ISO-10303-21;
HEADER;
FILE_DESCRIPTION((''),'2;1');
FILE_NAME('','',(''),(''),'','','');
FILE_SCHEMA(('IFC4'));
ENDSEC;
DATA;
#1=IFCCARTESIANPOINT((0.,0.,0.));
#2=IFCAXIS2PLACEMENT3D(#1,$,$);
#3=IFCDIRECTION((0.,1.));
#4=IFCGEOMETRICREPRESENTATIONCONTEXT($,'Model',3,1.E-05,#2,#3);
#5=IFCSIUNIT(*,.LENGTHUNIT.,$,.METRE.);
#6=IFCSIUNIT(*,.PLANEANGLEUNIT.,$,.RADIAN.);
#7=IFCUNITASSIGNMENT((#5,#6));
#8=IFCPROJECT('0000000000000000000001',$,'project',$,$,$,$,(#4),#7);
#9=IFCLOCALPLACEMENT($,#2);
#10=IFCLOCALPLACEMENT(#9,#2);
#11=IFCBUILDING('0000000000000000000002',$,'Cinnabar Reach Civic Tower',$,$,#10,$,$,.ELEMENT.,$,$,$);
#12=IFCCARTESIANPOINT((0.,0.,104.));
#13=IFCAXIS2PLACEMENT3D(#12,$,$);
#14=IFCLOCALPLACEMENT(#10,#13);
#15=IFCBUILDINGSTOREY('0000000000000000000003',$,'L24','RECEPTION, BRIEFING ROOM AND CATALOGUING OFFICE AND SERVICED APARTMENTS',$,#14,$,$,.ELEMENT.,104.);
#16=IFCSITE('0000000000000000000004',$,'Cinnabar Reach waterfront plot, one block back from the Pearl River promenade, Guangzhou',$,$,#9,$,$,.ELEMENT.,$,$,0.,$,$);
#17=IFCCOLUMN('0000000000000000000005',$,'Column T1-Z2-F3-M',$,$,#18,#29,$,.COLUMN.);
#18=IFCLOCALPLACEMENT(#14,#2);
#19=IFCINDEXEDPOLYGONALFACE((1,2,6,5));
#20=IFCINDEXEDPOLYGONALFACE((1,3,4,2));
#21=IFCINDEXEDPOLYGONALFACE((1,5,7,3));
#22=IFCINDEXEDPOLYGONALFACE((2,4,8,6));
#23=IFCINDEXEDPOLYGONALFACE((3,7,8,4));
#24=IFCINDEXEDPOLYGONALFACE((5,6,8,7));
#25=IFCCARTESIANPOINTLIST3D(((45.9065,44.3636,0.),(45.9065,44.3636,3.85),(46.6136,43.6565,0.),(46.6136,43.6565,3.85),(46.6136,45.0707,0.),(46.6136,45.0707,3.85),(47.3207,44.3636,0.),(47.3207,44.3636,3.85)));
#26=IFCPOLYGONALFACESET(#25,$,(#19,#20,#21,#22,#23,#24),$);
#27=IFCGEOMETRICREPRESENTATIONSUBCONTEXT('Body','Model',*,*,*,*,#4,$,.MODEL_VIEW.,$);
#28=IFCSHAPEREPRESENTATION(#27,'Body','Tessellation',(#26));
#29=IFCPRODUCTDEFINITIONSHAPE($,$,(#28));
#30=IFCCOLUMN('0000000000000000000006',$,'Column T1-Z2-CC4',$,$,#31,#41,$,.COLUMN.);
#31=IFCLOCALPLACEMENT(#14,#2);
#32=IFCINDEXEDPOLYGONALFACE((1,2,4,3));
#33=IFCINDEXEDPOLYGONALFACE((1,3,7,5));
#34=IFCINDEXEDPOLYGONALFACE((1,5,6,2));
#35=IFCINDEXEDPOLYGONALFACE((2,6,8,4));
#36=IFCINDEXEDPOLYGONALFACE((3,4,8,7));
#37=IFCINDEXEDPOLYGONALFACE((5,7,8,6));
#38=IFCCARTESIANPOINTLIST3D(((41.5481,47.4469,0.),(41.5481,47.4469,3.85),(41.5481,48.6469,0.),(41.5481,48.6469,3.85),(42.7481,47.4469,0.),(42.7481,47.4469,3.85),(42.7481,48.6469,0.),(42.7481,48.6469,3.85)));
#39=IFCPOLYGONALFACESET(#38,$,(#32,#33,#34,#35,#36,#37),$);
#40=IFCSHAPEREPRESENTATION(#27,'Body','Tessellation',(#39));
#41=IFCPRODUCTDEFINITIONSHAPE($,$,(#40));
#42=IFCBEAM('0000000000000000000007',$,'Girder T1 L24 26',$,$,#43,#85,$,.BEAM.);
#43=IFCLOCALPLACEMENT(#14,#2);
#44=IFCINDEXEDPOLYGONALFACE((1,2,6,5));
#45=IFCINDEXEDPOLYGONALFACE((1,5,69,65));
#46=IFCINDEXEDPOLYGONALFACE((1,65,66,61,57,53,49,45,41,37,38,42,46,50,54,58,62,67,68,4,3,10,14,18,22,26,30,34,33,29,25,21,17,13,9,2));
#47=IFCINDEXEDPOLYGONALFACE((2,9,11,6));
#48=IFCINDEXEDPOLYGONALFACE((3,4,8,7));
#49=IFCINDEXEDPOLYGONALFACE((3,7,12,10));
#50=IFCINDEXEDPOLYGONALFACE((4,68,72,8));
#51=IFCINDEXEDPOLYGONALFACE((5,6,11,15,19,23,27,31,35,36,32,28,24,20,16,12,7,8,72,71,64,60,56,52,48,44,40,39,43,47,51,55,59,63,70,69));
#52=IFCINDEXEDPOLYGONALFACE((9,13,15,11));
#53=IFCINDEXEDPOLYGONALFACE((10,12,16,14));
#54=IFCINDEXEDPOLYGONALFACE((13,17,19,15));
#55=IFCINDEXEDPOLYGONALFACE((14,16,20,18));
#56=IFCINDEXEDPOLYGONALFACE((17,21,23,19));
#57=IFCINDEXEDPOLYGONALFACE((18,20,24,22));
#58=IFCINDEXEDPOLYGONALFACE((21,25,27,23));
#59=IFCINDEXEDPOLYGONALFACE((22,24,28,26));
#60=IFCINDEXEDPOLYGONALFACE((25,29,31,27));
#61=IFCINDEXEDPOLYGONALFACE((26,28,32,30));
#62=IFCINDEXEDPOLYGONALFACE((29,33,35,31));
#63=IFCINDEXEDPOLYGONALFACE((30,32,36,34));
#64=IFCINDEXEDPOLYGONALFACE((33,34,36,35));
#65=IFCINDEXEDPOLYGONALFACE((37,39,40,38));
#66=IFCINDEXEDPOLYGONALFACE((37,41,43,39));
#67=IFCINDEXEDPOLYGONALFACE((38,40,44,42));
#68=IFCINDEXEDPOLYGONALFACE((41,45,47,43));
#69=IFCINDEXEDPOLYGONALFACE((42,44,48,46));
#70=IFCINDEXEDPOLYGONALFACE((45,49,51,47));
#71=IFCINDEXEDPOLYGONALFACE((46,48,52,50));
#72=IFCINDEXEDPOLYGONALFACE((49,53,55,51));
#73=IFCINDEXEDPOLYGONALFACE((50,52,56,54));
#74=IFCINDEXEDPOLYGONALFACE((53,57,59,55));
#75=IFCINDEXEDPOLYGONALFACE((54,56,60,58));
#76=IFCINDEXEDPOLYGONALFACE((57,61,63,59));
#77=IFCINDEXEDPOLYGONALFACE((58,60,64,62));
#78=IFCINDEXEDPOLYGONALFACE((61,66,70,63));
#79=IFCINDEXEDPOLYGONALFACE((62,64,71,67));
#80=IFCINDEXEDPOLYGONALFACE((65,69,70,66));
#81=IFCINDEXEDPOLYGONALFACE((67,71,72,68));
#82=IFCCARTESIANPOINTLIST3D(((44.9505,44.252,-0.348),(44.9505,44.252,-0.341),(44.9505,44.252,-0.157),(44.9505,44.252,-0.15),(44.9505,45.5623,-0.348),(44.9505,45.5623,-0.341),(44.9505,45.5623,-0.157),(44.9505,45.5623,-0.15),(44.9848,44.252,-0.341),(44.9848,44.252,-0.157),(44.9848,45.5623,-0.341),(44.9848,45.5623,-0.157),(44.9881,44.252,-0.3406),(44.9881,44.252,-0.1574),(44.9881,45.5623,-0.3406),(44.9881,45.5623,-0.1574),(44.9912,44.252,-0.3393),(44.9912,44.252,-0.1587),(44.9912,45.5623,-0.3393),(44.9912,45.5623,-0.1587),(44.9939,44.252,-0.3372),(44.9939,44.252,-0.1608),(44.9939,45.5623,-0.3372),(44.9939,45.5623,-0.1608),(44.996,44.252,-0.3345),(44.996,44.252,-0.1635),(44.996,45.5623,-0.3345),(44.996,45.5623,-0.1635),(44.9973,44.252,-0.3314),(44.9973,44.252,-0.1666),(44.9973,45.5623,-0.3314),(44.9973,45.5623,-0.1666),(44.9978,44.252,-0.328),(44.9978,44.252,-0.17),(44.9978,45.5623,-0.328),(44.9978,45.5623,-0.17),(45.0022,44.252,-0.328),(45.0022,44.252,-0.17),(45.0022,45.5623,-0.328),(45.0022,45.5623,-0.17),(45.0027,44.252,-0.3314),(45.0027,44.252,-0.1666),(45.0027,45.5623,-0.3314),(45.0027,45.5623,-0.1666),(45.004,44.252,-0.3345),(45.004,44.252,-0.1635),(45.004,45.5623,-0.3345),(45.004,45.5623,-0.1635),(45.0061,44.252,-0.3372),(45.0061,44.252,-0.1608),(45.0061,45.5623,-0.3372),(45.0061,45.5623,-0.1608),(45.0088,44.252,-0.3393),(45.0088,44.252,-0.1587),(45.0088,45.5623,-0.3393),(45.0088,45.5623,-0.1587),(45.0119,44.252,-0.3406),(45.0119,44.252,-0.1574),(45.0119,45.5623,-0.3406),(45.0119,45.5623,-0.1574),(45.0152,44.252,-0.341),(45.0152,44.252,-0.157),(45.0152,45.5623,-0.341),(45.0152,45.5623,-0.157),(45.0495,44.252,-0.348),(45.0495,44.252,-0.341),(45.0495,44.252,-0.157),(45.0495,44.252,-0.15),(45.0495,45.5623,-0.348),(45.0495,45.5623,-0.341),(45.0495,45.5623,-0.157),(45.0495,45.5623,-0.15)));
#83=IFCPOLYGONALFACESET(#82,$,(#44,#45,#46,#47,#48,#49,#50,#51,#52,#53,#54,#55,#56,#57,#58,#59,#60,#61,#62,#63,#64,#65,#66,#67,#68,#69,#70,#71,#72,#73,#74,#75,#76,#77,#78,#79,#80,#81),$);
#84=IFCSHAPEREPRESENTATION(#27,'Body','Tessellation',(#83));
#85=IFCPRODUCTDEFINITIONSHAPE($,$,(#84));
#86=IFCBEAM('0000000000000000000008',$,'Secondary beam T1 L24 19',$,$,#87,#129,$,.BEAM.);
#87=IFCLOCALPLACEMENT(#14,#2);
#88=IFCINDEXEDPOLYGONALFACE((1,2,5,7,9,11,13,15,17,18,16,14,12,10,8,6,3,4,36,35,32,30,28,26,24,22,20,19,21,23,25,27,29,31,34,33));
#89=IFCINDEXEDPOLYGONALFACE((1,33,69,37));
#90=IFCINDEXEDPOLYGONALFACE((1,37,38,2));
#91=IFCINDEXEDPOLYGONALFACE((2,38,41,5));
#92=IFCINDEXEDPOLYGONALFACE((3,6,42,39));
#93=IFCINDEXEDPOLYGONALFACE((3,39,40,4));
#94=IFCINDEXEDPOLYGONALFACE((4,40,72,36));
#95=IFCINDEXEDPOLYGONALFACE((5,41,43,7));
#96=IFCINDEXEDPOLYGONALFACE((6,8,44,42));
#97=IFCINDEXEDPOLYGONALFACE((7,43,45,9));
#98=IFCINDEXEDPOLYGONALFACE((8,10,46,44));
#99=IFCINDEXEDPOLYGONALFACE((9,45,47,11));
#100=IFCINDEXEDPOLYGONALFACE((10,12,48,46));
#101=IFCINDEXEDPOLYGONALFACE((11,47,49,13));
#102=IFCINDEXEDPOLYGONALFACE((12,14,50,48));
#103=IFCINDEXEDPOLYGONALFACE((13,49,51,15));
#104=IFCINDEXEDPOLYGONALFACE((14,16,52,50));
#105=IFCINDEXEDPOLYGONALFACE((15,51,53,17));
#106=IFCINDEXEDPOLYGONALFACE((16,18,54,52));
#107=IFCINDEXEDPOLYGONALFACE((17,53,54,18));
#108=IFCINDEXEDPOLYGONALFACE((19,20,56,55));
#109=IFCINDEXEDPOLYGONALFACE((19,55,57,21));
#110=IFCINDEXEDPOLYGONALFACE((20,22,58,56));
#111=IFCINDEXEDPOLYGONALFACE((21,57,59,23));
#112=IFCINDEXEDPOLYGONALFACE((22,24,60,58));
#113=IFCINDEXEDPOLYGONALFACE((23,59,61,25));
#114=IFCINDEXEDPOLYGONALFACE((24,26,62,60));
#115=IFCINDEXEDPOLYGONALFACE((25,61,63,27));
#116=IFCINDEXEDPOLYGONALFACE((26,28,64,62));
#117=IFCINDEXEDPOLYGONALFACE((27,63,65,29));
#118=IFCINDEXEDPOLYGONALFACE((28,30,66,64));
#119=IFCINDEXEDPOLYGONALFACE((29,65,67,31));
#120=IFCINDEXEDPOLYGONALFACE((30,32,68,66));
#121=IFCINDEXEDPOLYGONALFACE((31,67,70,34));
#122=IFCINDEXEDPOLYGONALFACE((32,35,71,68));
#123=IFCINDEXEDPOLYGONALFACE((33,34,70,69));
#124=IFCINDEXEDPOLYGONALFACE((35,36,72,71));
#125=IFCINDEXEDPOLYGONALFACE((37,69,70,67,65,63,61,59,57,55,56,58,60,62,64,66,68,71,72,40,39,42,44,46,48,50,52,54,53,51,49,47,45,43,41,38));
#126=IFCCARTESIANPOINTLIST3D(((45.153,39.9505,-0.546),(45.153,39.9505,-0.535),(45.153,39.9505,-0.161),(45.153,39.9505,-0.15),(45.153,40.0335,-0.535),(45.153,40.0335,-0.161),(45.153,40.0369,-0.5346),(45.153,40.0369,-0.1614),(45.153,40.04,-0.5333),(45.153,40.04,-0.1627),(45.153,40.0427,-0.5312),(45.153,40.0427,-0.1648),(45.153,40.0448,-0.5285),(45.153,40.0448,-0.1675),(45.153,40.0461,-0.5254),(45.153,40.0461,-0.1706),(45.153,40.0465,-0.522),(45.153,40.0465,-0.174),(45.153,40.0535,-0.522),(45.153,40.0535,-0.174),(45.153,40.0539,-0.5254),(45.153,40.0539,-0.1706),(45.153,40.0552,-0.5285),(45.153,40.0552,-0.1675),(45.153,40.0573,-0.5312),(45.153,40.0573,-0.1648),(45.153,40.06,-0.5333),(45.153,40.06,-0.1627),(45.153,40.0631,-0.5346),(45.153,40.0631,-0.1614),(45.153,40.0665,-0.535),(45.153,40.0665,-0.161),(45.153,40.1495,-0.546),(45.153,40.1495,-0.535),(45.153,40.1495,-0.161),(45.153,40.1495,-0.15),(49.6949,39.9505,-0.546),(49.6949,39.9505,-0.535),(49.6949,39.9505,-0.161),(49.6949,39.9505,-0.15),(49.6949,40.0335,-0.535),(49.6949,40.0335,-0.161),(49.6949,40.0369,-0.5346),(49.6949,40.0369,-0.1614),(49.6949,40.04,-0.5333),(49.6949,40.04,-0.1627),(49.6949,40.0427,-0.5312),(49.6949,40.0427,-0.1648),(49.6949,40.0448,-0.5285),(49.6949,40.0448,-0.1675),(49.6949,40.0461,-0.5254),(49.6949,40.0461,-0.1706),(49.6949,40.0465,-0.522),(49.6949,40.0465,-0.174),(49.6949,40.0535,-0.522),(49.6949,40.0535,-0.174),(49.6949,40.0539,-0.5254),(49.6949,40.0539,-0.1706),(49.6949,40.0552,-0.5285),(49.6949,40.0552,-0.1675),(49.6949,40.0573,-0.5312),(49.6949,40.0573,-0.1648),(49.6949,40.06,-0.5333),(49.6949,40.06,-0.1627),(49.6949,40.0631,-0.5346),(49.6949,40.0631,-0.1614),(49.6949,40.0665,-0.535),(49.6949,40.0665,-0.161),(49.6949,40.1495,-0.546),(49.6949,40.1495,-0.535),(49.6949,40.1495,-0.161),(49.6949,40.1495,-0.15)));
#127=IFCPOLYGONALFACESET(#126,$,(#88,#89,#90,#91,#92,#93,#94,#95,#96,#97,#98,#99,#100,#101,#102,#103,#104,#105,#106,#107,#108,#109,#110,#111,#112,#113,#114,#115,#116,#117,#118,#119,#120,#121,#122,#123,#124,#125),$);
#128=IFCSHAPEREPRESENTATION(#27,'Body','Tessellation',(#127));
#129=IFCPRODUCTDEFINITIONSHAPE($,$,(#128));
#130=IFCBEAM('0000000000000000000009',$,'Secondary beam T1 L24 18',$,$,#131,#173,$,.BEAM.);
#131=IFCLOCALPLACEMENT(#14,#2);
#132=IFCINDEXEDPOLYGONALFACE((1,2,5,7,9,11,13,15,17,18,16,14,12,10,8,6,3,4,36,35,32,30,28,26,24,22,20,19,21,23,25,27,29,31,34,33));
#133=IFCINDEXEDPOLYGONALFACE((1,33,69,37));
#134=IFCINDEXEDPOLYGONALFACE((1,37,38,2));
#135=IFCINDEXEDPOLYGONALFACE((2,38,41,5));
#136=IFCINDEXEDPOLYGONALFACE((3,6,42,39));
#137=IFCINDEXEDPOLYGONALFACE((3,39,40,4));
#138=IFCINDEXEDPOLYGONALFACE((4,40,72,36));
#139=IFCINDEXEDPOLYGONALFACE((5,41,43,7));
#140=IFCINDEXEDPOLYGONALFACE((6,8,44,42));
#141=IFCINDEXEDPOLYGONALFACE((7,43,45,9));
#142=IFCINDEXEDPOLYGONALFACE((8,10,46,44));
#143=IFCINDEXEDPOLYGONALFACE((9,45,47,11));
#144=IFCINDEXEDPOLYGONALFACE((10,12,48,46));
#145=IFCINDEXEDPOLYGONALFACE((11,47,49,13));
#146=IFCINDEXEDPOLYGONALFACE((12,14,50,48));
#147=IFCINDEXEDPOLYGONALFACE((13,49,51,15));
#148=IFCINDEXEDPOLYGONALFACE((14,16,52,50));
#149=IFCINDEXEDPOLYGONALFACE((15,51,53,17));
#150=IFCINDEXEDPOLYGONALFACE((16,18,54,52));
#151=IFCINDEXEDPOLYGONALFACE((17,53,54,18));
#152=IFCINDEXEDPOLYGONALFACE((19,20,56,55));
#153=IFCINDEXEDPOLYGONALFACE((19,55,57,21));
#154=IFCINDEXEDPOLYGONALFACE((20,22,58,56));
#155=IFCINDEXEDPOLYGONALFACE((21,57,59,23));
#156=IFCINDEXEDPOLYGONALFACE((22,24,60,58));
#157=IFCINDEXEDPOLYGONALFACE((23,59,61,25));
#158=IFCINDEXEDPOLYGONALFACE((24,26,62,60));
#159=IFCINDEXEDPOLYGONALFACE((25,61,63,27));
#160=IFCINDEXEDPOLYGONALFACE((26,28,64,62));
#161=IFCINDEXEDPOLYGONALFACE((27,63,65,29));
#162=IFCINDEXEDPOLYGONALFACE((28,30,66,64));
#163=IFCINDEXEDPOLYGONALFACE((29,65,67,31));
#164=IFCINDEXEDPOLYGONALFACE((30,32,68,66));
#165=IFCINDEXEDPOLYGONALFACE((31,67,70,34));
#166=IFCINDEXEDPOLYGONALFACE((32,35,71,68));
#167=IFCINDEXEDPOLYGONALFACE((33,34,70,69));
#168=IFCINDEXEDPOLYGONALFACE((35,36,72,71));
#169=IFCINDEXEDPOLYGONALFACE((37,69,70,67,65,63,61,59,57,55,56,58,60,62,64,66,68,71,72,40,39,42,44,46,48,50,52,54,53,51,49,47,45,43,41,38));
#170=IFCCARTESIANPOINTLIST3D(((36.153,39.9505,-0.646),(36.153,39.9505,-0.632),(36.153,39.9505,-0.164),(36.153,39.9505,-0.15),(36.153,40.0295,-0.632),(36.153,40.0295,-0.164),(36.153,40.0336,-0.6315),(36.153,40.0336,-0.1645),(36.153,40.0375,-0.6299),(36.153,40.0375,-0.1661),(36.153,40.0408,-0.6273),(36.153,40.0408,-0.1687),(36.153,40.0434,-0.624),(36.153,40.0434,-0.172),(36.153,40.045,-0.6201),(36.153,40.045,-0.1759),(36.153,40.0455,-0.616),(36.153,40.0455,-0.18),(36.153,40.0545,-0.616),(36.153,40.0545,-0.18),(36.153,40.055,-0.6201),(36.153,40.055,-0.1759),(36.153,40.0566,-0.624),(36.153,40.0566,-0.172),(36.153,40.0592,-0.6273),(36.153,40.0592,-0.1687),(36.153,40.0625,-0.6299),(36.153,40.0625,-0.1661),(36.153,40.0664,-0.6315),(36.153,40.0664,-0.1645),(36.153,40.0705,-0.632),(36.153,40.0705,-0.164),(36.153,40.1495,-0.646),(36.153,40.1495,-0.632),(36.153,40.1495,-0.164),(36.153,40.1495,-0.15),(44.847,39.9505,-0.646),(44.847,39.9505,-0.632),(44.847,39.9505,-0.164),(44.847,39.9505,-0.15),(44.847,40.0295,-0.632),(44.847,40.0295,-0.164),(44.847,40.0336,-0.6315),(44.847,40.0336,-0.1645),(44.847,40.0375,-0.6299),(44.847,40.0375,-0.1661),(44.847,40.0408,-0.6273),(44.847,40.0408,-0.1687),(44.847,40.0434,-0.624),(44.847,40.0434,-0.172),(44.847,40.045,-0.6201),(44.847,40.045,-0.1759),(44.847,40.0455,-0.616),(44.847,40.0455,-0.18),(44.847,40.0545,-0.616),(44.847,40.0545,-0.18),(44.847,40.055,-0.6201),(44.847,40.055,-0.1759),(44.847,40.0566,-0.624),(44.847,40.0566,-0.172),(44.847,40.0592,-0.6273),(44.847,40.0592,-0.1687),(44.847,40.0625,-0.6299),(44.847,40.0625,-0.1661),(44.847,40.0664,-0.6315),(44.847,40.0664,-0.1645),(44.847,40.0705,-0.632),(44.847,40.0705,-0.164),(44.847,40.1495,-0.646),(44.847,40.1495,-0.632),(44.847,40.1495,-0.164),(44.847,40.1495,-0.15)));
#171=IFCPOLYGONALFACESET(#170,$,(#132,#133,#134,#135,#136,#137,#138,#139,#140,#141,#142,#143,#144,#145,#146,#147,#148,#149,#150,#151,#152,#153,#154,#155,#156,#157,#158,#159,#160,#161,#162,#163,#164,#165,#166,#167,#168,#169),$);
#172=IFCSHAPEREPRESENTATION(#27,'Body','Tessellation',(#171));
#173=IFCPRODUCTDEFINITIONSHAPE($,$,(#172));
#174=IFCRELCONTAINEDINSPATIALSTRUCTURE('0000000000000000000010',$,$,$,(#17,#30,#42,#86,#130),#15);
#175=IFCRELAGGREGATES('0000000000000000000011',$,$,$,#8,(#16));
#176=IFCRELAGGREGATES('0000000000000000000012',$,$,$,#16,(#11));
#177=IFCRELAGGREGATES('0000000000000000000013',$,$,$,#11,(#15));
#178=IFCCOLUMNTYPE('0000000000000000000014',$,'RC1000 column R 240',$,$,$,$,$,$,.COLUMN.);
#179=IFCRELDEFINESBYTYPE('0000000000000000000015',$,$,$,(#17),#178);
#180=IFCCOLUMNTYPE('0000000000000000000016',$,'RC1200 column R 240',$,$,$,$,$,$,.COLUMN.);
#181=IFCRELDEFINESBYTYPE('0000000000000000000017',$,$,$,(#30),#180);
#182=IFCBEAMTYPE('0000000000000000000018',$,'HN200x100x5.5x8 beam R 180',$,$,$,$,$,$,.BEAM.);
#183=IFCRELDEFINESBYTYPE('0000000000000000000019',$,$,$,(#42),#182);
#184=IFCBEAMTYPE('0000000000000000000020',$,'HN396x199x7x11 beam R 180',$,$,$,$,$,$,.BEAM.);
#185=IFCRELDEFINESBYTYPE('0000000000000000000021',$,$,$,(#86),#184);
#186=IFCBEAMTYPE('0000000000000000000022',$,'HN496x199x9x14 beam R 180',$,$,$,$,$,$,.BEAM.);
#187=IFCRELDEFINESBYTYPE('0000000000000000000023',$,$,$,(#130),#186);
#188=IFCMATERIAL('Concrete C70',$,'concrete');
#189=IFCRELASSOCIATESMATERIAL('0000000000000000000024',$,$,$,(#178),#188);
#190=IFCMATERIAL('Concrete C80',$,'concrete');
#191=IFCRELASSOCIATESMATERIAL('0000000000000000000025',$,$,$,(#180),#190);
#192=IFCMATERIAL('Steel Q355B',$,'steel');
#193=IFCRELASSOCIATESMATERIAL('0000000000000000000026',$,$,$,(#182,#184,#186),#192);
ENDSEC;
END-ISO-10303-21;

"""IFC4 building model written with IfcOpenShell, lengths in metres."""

from ifc_helpers import new_model, si_unit, direction, frame, origin, origin_2d, place, context, subcontext, project, spatial, rectangle, i_section, extrude, material, material_profile, profile_set, type_object, element, save


model = new_model("IFC4")

# Units and contexts
model_context = context("Model", 3, precision=1e-05, world=origin(), true_north=direction((0.0, 1.0)))
body_context = subcontext(model_context, "Body", "Model", "MODEL_VIEW")
ifc_project = project(units=[si_unit("LENGTHUNIT", "METRE"), si_unit("PLANEANGLEUNIT", "RADIAN")], contexts=[model_context])

# Site, building, storey
site_placement = place(None, origin())
site = spatial("IfcSite", under=ifc_project, at=site_placement, Name="Cinnabar Reach waterfront plot, one block back from the Pearl River promenade, Guangzhou", CompositionType="ELEMENT", RefElevation=0.0)
building_placement = place(site_placement, origin())
building = spatial("IfcBuilding", under=site, at=building_placement, Name="Cinnabar Reach Civic Tower", CompositionType="ELEMENT")
storey_placement = place(building_placement, frame((0.0, 0.0, 104.0)))
storey = spatial("IfcBuildingStorey", under=building, at=storey_placement, Name="L24", Description="RECEPTION, BRIEFING ROOM AND CATALOGUING OFFICE AND SERVICED APARTMENTS", CompositionType="ELEMENT", Elevation=104.0)

# Columns
ifc_material_1 = material(Name="Concrete C70", Category="concrete")
ifc_material_profile_1 = material_profile(ifc_material_1, rectangle(XDim=1.0, YDim=1.0, at=origin_2d()), Name="RC1000")
ifc_profile_set_1 = profile_set([ifc_material_profile_1], Name="Concrete C70")
column_type_1 = type_object("IfcColumnType", Name="RC1000 column R 240", PredefinedType="COLUMN", material=ifc_profile_set_1)
column_1_placement = place(storey_placement, frame((46.6136, 44.3636, 0.0), z_axis=(0.0, 0.0, 1.0), x_axis=(0.707107, 0.707107, 0.0)))
element("IfcColumn", 1, at=column_1_placement, inside=storey, type_object=column_type_1, Name="Column T1-Z2-F3-M", PredefinedType="COLUMN", context=body_context, shape_type="SweptSolid", body=[
    extrude(rectangle(XDim=1.0, YDim=1.0, at=origin_2d()), origin(), (0.0, 0.0, 1.0), 3.85),
])
ifc_material_2 = material(Name="Concrete C80", Category="concrete")
ifc_material_profile_2 = material_profile(ifc_material_2, rectangle(XDim=1.2, YDim=1.2, at=origin_2d()), Name="RC1200")
ifc_profile_set_2 = profile_set([ifc_material_profile_2], Name="Concrete C80")
column_type_2 = type_object("IfcColumnType", Name="RC1200 column R 240", PredefinedType="COLUMN", material=ifc_profile_set_2)
column_2_placement = place(storey_placement, frame((42.1481, 48.0469, 0.0), z_axis=(0.0, 0.0, 1.0), x_axis=(1.0, 0.0, 0.0)))
element("IfcColumn", 2, at=column_2_placement, inside=storey, type_object=column_type_2, Name="Column T1-Z2-CC4", PredefinedType="COLUMN", context=body_context, shape_type="SweptSolid", body=[
    extrude(rectangle(XDim=1.2, YDim=1.2, at=origin_2d()), origin(), (0.0, 0.0, 1.0), 3.85),
])

# Beams
ifc_material_3 = material(Name="Steel Q355B", Category="steel")
ifc_material_profile_3 = material_profile(ifc_material_3, i_section(OverallWidth=0.099, OverallDepth=0.198, WebThickness=0.0045, FlangeThickness=0.007, FilletRadius=0.013, at=origin_2d()), Name="HN200x100x5.5x8")
ifc_profile_set_3 = profile_set([ifc_material_profile_3], Name="Steel Q355B")
beam_type_1 = type_object("IfcBeamType", Name="HN200x100x5.5x8 beam R 180", PredefinedType="BEAM", material=ifc_profile_set_3)
beam_1_placement = place(storey_placement, frame((45.0, 44.252, -0.249), z_axis=(0.0, 1.0, 0.0), x_axis=(-1.0, 0.0, 0.0)))
element("IfcBeam", 3, at=beam_1_placement, inside=storey, type_object=beam_type_1, Name="Girder T1 L24 26", PredefinedType="BEAM", context=body_context, shape_type="SweptSolid", body=[
    extrude(i_section(OverallWidth=0.099, OverallDepth=0.198, WebThickness=0.0045, FlangeThickness=0.007, FilletRadius=0.013, at=origin_2d()), origin(), (0.0, 0.0, 1.0), 1.3103),
])
ifc_material_profile_4 = material_profile(ifc_material_3, i_section(OverallWidth=0.199, OverallDepth=0.396, WebThickness=0.007, FlangeThickness=0.011, FilletRadius=0.013, at=origin_2d()), Name="HN396x199x7x11")
ifc_profile_set_4 = profile_set([ifc_material_profile_4], Name="Steel Q355B")
beam_type_2 = type_object("IfcBeamType", Name="HN396x199x7x11 beam R 180", PredefinedType="BEAM", material=ifc_profile_set_4)
beam_2_placement = place(storey_placement, frame((45.153, 40.05, -0.348), z_axis=(1.0, 0.0, 0.0), x_axis=(0.0, 1.0, 0.0)))
element("IfcBeam", 4, at=beam_2_placement, inside=storey, type_object=beam_type_2, Name="Secondary beam T1 L24 19", PredefinedType="BEAM", context=body_context, shape_type="SweptSolid", body=[
    extrude(i_section(OverallWidth=0.199, OverallDepth=0.396, WebThickness=0.007, FlangeThickness=0.011, FilletRadius=0.013, at=origin_2d()), origin(), (0.0, 0.0, 1.0), 4.5419),
])
ifc_material_profile_5 = material_profile(ifc_material_3, i_section(OverallWidth=0.199, OverallDepth=0.496, WebThickness=0.009, FlangeThickness=0.014, FilletRadius=0.016, at=origin_2d()), Name="HN496x199x9x14")
ifc_profile_set_5 = profile_set([ifc_material_profile_5], Name="Steel Q355B")
beam_type_3 = type_object("IfcBeamType", Name="HN496x199x9x14 beam R 180", PredefinedType="BEAM", material=ifc_profile_set_5)
beam_3_placement = place(storey_placement, frame((36.153, 40.05, -0.398), z_axis=(1.0, 0.0, 0.0), x_axis=(0.0, 1.0, 0.0)))
element("IfcBeam", 5, at=beam_3_placement, inside=storey, type_object=beam_type_3, Name="Secondary beam T1 L24 18", PredefinedType="BEAM", context=body_context, shape_type="SweptSolid", body=[
    extrude(i_section(OverallWidth=0.199, OverallDepth=0.496, WebThickness=0.009, FlangeThickness=0.014, FilletRadius=0.016, at=origin_2d()), origin(), (0.0, 0.0, 1.0), 8.694),
])

save(model, "model.ifc")
